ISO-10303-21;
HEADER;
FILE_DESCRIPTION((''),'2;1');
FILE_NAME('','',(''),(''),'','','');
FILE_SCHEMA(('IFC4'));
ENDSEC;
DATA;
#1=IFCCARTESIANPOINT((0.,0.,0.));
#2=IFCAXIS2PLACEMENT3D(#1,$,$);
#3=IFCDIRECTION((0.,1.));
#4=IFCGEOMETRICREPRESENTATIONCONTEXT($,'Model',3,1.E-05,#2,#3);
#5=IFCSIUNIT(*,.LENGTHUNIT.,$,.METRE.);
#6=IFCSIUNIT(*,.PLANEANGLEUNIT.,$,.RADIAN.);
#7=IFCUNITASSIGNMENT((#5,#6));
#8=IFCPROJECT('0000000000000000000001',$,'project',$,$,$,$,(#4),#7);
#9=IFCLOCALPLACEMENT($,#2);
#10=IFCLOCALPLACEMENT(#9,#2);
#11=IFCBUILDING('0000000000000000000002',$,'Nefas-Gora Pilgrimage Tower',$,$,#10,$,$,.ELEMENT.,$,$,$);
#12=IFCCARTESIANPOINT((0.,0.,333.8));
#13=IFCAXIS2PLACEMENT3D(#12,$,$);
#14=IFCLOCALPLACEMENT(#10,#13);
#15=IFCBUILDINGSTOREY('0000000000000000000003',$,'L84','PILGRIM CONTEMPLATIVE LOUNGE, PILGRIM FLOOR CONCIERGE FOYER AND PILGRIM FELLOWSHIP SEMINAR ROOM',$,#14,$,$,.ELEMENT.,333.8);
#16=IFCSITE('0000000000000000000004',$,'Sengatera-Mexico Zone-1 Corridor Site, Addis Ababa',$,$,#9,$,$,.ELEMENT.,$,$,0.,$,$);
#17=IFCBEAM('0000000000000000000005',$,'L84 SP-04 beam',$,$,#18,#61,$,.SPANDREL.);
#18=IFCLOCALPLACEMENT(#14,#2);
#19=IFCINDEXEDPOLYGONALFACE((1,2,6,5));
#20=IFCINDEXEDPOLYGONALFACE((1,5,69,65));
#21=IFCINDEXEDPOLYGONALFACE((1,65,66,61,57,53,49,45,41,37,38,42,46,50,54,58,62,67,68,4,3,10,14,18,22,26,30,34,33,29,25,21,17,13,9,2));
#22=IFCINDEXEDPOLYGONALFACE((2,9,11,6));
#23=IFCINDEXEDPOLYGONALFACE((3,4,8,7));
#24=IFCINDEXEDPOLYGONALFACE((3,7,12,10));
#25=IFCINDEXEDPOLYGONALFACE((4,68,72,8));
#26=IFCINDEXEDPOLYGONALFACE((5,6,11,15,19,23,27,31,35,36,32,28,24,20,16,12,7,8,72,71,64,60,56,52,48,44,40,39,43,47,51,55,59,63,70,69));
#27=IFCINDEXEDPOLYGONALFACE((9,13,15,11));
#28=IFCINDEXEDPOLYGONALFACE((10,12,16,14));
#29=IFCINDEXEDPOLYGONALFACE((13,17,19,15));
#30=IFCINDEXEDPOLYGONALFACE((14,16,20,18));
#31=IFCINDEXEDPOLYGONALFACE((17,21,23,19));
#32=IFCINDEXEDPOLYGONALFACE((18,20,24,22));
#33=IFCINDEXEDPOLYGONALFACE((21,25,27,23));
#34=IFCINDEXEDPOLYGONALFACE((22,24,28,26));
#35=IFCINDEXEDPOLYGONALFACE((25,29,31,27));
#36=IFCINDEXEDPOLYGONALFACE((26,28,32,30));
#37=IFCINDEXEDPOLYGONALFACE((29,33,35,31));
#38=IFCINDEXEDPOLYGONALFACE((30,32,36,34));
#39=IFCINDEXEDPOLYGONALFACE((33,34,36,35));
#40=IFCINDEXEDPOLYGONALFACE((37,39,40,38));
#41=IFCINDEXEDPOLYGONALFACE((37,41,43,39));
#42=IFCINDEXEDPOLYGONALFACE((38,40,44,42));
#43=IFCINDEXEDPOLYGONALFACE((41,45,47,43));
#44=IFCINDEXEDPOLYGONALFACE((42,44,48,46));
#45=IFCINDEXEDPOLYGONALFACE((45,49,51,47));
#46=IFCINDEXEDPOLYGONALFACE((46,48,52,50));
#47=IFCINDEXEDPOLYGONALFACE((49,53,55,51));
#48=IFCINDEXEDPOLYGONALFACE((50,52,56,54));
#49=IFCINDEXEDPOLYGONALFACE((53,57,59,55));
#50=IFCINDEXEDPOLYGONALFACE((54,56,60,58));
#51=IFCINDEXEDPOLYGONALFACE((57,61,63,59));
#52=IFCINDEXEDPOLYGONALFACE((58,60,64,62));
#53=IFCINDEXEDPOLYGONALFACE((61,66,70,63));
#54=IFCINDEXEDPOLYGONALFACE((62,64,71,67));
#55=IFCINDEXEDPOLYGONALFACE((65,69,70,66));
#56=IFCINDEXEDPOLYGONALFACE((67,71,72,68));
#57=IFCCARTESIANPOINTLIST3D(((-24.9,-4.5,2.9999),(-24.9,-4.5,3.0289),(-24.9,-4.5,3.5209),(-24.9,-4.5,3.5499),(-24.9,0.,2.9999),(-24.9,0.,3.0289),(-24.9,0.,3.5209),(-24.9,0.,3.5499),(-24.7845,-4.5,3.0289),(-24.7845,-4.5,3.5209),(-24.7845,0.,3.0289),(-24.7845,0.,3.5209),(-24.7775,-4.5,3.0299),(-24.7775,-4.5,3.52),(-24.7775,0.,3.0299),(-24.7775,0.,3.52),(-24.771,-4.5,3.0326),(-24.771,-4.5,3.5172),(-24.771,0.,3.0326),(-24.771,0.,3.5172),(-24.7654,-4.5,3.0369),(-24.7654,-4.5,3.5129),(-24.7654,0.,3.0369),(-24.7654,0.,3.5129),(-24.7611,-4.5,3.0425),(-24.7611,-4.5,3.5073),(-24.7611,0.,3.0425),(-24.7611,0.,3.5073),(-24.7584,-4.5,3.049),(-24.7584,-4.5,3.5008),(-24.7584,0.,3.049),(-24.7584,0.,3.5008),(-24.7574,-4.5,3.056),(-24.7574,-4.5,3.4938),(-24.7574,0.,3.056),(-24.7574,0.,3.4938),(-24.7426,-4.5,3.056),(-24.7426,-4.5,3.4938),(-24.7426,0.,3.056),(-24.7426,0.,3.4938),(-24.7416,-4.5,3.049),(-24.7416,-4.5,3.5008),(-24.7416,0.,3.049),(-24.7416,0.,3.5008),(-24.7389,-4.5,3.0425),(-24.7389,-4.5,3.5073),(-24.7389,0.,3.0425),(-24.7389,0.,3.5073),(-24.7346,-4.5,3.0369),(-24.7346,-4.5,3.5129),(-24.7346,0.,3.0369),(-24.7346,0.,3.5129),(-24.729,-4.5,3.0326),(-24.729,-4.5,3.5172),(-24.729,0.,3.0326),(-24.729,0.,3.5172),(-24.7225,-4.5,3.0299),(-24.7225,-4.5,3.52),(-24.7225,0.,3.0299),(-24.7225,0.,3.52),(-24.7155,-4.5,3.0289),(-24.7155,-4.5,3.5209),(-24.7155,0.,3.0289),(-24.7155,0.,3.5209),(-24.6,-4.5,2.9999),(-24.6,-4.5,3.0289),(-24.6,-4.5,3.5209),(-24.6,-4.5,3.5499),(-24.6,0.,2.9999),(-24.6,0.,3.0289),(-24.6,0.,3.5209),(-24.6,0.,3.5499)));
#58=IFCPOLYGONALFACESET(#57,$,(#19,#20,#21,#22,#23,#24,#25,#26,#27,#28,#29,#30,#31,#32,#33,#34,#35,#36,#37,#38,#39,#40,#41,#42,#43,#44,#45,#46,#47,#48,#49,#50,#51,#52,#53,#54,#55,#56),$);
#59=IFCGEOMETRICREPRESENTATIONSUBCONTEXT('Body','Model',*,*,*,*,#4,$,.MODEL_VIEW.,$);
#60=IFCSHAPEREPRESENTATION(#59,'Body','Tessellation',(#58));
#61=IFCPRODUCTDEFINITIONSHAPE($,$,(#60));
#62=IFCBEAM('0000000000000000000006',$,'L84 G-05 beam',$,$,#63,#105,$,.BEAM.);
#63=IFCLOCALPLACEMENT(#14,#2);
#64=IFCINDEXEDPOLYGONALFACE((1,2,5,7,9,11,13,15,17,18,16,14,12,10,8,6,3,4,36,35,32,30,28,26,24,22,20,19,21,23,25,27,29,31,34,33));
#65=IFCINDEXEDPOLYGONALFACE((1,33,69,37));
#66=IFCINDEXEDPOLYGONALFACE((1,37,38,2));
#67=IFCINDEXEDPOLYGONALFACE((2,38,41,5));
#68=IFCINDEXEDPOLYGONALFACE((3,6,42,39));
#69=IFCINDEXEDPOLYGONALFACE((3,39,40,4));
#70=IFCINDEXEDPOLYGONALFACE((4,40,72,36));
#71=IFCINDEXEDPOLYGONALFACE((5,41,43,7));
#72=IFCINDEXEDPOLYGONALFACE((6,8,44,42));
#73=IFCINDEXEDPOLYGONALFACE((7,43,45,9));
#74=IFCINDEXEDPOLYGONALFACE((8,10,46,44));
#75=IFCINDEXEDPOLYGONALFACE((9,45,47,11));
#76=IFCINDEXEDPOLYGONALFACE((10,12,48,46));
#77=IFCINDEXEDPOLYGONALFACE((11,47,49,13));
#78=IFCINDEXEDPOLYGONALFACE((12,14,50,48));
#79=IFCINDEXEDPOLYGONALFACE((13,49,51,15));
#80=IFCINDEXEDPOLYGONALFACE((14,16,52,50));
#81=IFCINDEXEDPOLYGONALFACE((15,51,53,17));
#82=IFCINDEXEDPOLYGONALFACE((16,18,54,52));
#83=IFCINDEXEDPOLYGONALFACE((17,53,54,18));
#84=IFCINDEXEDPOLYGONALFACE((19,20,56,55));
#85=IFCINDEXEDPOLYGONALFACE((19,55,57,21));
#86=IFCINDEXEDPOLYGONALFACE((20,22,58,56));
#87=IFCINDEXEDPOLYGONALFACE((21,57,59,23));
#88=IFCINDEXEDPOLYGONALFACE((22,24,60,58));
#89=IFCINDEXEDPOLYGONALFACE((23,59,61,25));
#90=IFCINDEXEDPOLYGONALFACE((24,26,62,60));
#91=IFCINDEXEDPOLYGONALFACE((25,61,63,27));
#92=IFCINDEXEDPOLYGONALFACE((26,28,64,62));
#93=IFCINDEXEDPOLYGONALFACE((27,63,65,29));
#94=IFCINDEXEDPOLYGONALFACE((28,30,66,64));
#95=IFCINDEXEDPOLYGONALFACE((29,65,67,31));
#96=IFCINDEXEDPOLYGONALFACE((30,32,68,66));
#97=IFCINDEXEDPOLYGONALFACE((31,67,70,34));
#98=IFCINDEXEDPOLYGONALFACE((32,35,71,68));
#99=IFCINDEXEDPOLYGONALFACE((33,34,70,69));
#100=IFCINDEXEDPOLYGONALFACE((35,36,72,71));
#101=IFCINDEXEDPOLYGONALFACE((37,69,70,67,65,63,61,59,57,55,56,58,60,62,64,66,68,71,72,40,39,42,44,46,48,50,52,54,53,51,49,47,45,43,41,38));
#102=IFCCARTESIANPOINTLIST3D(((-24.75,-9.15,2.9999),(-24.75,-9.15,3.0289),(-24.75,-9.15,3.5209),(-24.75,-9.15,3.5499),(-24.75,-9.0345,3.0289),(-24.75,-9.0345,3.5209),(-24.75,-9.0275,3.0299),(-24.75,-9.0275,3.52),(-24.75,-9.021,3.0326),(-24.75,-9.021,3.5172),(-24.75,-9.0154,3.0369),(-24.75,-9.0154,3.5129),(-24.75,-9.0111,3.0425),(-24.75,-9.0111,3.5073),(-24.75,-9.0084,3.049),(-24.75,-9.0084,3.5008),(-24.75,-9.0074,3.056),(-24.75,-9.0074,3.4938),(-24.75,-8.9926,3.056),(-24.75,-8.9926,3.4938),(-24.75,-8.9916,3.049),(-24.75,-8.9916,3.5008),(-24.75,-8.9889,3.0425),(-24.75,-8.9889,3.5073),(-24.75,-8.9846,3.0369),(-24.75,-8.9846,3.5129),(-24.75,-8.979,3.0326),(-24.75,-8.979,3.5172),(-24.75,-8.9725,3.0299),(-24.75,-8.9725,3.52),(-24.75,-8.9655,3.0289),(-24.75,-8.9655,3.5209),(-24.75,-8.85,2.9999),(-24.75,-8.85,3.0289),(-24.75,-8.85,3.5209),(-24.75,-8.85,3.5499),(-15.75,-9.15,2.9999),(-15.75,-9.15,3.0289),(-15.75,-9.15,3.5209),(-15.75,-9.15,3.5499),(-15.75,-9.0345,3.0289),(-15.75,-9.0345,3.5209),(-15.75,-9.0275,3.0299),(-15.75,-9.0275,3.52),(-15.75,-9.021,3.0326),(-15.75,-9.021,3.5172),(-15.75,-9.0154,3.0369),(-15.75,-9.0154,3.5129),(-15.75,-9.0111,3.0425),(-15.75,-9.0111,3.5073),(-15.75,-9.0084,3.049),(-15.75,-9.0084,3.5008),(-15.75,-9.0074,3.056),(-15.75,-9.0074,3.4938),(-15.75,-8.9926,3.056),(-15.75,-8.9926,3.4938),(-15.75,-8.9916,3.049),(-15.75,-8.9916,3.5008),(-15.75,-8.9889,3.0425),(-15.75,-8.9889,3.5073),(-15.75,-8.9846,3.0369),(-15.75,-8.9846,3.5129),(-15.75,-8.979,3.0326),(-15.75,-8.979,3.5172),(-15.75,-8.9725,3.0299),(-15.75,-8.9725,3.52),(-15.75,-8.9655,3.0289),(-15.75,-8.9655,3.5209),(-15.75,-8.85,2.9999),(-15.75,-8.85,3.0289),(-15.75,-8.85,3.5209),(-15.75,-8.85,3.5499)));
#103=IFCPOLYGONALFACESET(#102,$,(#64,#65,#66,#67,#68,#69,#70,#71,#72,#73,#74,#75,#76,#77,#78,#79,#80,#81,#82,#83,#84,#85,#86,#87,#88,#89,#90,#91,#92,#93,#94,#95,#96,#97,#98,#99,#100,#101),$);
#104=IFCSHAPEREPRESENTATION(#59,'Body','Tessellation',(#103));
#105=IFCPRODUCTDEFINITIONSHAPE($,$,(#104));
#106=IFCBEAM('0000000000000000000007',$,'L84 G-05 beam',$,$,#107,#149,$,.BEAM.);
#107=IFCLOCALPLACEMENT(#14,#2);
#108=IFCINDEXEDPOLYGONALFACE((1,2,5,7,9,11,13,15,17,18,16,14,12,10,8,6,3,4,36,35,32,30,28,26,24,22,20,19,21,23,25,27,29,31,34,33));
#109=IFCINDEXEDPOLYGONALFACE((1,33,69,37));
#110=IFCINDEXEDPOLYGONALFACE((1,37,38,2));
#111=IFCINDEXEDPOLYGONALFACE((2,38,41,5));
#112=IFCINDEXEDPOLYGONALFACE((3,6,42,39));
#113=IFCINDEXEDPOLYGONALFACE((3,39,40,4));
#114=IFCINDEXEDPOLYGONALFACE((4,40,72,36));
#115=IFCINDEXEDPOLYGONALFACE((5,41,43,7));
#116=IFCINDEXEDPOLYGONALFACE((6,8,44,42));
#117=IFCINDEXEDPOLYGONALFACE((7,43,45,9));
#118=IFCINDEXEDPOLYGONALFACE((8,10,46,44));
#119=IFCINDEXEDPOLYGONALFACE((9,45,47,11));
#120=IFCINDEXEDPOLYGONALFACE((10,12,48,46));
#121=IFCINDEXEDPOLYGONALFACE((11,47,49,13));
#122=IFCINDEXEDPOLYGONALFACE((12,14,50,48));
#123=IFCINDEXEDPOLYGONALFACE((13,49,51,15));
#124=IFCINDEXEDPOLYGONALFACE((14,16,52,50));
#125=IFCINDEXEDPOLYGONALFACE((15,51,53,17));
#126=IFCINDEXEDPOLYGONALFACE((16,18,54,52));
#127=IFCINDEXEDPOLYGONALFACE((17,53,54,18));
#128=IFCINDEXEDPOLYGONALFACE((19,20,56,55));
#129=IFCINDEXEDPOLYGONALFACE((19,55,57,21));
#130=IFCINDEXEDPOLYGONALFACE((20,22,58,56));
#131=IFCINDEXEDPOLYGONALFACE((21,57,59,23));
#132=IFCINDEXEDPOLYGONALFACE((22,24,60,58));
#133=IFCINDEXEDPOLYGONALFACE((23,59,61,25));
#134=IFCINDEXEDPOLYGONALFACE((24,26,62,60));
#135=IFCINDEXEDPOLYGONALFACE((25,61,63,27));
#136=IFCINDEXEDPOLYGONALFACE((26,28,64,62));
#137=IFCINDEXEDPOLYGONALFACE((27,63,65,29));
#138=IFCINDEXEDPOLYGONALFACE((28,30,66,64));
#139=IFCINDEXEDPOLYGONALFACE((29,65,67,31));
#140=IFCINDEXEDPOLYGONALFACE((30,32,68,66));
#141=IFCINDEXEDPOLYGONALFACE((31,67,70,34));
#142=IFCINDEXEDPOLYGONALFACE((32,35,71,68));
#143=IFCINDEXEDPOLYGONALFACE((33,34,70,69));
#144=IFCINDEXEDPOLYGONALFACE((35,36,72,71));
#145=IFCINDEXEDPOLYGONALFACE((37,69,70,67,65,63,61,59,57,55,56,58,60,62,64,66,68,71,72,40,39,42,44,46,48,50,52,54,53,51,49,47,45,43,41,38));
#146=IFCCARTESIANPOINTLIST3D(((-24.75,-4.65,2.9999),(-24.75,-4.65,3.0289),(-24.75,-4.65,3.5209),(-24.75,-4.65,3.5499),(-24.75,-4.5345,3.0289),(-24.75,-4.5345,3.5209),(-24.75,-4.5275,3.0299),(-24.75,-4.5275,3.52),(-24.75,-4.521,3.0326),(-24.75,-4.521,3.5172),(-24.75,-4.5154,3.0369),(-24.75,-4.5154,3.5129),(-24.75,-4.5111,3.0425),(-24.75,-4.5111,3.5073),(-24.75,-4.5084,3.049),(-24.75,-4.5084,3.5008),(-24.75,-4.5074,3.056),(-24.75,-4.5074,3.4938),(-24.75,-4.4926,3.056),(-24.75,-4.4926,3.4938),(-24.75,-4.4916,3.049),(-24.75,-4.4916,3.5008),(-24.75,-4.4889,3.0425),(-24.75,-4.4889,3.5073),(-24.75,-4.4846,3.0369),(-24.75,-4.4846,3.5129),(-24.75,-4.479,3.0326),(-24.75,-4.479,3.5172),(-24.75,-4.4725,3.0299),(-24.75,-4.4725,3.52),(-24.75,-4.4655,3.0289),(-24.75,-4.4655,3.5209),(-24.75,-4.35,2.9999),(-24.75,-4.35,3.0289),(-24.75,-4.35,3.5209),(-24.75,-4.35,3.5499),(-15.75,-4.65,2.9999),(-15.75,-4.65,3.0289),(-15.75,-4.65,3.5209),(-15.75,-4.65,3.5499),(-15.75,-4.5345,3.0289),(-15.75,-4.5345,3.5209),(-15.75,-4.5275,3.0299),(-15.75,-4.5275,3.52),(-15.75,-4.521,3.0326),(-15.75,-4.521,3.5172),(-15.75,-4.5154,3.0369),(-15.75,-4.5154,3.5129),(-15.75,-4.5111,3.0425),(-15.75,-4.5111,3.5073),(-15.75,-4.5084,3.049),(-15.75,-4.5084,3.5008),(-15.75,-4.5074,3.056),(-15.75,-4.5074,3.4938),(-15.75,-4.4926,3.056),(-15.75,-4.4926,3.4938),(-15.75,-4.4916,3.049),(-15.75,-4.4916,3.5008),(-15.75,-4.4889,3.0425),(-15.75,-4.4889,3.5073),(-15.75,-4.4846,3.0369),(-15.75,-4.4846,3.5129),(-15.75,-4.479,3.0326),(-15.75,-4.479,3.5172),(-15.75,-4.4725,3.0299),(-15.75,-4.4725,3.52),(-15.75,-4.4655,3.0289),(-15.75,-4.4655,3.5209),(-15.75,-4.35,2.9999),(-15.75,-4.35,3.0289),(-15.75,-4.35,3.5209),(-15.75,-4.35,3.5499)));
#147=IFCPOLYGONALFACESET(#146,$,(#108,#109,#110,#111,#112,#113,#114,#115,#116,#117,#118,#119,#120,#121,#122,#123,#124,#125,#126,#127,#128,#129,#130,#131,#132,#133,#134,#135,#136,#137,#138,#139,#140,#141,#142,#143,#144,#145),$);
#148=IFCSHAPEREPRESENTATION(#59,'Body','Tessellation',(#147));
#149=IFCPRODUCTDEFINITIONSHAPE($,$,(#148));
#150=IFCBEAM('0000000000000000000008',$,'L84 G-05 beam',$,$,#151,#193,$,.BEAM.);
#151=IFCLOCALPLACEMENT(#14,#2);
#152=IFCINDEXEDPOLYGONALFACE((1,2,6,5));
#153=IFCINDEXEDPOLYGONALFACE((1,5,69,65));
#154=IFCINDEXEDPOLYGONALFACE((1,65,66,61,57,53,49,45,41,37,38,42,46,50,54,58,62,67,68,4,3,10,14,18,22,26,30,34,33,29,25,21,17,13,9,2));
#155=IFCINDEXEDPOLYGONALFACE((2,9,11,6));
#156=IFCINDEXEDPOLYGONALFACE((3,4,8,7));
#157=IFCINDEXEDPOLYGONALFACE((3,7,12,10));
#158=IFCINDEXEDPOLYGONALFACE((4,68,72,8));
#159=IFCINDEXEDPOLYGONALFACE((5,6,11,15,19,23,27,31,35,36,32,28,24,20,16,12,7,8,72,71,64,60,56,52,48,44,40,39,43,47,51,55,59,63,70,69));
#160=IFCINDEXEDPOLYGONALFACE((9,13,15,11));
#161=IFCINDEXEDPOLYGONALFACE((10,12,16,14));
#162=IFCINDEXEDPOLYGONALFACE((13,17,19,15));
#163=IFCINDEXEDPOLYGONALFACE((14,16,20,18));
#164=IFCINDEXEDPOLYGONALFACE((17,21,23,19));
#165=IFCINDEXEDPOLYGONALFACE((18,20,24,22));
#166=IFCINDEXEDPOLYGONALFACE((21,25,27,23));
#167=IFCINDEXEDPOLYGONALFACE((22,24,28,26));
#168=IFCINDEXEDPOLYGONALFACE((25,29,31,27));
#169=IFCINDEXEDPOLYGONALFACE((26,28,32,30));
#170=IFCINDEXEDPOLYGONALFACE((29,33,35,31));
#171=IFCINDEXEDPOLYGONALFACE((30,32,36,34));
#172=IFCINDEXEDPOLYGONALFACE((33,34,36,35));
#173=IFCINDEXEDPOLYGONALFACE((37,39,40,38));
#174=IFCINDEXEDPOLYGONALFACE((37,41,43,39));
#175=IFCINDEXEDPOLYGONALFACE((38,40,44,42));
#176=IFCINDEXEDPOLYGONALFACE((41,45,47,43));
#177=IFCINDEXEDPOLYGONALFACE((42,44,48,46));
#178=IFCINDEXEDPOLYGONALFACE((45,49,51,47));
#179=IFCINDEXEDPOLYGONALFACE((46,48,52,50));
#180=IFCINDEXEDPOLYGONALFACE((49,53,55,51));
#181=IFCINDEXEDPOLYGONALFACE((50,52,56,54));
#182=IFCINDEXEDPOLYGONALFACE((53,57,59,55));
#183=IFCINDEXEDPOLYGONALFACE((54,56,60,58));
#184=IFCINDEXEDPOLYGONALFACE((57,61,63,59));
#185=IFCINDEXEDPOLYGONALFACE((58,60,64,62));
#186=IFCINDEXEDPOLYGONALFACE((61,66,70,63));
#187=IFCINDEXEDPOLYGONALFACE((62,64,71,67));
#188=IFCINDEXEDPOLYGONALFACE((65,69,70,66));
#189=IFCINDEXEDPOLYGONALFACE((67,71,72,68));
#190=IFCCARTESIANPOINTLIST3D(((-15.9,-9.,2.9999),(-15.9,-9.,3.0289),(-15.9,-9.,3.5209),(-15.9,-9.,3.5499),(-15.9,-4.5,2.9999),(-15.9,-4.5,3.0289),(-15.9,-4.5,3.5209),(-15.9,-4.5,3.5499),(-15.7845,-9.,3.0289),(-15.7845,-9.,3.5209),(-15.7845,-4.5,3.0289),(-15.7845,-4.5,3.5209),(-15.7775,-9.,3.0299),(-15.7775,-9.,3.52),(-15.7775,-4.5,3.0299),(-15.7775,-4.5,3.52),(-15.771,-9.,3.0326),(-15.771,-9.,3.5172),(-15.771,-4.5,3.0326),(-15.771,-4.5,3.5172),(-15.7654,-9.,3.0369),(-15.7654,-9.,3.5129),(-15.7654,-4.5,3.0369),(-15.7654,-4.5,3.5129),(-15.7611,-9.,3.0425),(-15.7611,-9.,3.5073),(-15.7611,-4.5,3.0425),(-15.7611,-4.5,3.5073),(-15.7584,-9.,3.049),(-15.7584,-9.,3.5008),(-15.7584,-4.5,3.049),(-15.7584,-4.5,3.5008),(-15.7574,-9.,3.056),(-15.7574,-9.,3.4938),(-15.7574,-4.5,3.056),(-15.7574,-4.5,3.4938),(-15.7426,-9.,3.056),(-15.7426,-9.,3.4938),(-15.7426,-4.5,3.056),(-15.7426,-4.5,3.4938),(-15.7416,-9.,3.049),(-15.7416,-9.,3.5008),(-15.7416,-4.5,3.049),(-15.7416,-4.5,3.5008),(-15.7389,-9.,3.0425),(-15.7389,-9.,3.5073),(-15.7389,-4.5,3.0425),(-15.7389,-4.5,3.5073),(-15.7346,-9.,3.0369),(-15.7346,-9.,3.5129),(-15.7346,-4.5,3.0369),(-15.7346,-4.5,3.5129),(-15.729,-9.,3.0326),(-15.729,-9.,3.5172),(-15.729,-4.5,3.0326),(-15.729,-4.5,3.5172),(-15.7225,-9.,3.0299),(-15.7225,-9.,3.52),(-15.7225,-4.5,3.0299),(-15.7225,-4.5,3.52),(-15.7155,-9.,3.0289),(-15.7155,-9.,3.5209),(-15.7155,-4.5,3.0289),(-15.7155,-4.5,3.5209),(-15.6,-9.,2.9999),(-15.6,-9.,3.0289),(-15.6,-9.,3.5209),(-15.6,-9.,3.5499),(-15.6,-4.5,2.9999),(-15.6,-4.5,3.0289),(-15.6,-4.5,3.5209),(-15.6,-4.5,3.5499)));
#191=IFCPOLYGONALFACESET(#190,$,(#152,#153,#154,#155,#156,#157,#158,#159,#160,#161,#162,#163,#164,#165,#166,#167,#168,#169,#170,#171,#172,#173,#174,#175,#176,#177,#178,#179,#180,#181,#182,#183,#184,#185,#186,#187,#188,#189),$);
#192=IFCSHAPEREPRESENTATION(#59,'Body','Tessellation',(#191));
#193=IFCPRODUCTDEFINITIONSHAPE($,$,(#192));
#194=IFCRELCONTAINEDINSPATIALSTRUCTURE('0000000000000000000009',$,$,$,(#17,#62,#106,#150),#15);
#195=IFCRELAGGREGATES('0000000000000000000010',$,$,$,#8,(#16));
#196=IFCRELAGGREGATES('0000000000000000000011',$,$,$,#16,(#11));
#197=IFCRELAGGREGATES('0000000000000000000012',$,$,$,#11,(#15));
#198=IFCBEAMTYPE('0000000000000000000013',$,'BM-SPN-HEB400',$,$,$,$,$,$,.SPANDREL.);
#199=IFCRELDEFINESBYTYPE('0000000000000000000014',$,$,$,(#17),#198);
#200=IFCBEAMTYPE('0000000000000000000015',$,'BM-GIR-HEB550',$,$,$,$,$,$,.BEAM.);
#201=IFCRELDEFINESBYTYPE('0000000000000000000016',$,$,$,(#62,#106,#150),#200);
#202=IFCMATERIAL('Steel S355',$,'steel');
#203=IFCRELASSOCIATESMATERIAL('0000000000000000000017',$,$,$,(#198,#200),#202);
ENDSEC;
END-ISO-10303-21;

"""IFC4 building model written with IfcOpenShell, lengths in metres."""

from ifc_helpers import new_model, si_unit, direction, frame, origin, origin_2d, place, context, subcontext, project, spatial, i_section, extrude, source, transform, mapped, material, material_profile, profile_set, type_object, element, save


model = new_model("IFC4")

# Units and contexts
model_context = context("Model", 3, precision=1e-05, world=origin(), true_north=direction((0.0, 1.0)))
body_context = subcontext(model_context, "Body", "Model", "MODEL_VIEW")
ifc_project = project(units=[si_unit("LENGTHUNIT", "METRE"), si_unit("PLANEANGLEUNIT", "RADIAN")], contexts=[model_context])

# Site, building, storey
site_placement = place(None, origin())
site = spatial("IfcSite", under=ifc_project, at=site_placement, Name="Sengatera-Mexico Zone-1 Corridor Site, Addis Ababa", CompositionType="ELEMENT", RefElevation=0.0)
building_placement = place(site_placement, origin())
building = spatial("IfcBuilding", under=site, at=building_placement, Name="Nefas-Gora Pilgrimage Tower", CompositionType="ELEMENT")
storey_placement = place(building_placement, frame((0.0, 0.0, 333.8)))
storey = spatial("IfcBuildingStorey", under=building, at=storey_placement, Name="L84", Description="PILGRIM CONTEMPLATIVE LOUNGE, PILGRIM FLOOR CONCIERGE FOYER AND PILGRIM FELLOWSHIP SEMINAR ROOM", CompositionType="ELEMENT", Elevation=333.8)

# Shared definitions
ifc_material_1 = material(Name="Steel S355", Category="steel")

# Beams
ifc_material_profile_1 = material_profile(ifc_material_1, i_section(OverallWidth=0.3, OverallDepth=0.55, WebThickness=0.0149, FlangeThickness=0.0291, FilletRadius=0.0271, at=origin_2d()), Name="HEB 550")
ifc_profile_set_1 = profile_set([ifc_material_profile_1], Name="Steel S355")
beam_type_1 = type_object("IfcBeamType", Name="BM-SPN-HEB400", PredefinedType="SPANDREL", material=ifc_profile_set_1)
shared_shape_1 = source(origin(), body_context, "Body", "SweptSolid", [
    extrude(i_section(OverallWidth=0.3, OverallDepth=0.55, WebThickness=0.0149, FlangeThickness=0.0291, FilletRadius=0.0271, at=origin_2d()), origin(), (0.0, 0.0, 1.0), 4.5),
])
for number, where, z_axis, x_axis, name in (
    (1, (-24.75, -4.5, 3.2749), (0.0, 1.0, 0.0), (-1.0, 0.0, 0.0), "L84 SP-04 beam"),
):
    element("IfcBeam", number, at=place(storey_placement, frame(where, z_axis=z_axis, x_axis=x_axis)), inside=storey, type_object=beam_type_1, Name=name, PredefinedType="SPANDREL", context=body_context, shape_type="MappedRepresentation", body=[
        mapped(shared_shape_1, transform((0.0, 0.0, 0.0), x_axis=(1.0, 0.0, 0.0), y_axis=(0.0, 1.0, 0.0), z_axis=(0.0, 0.0, 1.0), scale=1.0)),
    ])
ifc_material_profile_2 = material_profile(ifc_material_1, i_section(OverallWidth=0.3, OverallDepth=0.55, WebThickness=0.0149, FlangeThickness=0.0291, FilletRadius=0.0271, at=origin_2d()), Name="HEB 550")
ifc_profile_set_2 = profile_set([ifc_material_profile_2], Name="Steel S355")
beam_type_2 = type_object("IfcBeamType", Name="BM-GIR-HEB550", PredefinedType="BEAM", material=ifc_profile_set_2)
shared_shape_2 = source(origin(), body_context, "Body", "SweptSolid", [
    extrude(i_section(OverallWidth=0.3, OverallDepth=0.55, WebThickness=0.0149, FlangeThickness=0.0291, FilletRadius=0.0271, at=origin_2d()), origin(), (0.0, 0.0, 1.0), 9.0),
])
for number, where, z_axis, x_axis, name in (
    (2, (-24.75, -9.0, 3.2749), (1.0, 0.0, 0.0), (0.0, 1.0, 0.0), "L84 G-05 beam"),
    (3, (-24.75, -4.5, 3.2749), (1.0, 0.0, 0.0), (0.0, 1.0, 0.0), "L84 G-05 beam"),
):
    element("IfcBeam", number, at=place(storey_placement, frame(where, z_axis=z_axis, x_axis=x_axis)), inside=storey, type_object=beam_type_2, Name=name, PredefinedType="BEAM", context=body_context, shape_type="MappedRepresentation", body=[
        mapped(shared_shape_2, transform((0.0, 0.0, 0.0), x_axis=(1.0, 0.0, 0.0), y_axis=(0.0, 1.0, 0.0), z_axis=(0.0, 0.0, 1.0), scale=1.0)),
    ])
shared_shape_3 = source(origin(), body_context, "Body", "SweptSolid", [
    extrude(i_section(OverallWidth=0.3, OverallDepth=0.55, WebThickness=0.0149, FlangeThickness=0.0291, FilletRadius=0.0271, at=origin_2d()), origin(), (0.0, 0.0, 1.0), 4.5),
])
for number, where, z_axis, x_axis, name in (
    (4, (-15.75, -9.0, 3.2749), (0.0, 1.0, 0.0), (-1.0, 0.0, 0.0), "L84 G-05 beam"),
):
    element("IfcBeam", number, at=place(storey_placement, frame(where, z_axis=z_axis, x_axis=x_axis)), inside=storey, type_object=beam_type_2, Name=name, PredefinedType="BEAM", context=body_context, shape_type="MappedRepresentation", body=[
        mapped(shared_shape_3, transform((0.0, 0.0, 0.0), x_axis=(1.0, 0.0, 0.0), y_axis=(0.0, 1.0, 0.0), z_axis=(0.0, 0.0, 1.0), scale=1.0)),
    ])

save(model, "model.ifc")
